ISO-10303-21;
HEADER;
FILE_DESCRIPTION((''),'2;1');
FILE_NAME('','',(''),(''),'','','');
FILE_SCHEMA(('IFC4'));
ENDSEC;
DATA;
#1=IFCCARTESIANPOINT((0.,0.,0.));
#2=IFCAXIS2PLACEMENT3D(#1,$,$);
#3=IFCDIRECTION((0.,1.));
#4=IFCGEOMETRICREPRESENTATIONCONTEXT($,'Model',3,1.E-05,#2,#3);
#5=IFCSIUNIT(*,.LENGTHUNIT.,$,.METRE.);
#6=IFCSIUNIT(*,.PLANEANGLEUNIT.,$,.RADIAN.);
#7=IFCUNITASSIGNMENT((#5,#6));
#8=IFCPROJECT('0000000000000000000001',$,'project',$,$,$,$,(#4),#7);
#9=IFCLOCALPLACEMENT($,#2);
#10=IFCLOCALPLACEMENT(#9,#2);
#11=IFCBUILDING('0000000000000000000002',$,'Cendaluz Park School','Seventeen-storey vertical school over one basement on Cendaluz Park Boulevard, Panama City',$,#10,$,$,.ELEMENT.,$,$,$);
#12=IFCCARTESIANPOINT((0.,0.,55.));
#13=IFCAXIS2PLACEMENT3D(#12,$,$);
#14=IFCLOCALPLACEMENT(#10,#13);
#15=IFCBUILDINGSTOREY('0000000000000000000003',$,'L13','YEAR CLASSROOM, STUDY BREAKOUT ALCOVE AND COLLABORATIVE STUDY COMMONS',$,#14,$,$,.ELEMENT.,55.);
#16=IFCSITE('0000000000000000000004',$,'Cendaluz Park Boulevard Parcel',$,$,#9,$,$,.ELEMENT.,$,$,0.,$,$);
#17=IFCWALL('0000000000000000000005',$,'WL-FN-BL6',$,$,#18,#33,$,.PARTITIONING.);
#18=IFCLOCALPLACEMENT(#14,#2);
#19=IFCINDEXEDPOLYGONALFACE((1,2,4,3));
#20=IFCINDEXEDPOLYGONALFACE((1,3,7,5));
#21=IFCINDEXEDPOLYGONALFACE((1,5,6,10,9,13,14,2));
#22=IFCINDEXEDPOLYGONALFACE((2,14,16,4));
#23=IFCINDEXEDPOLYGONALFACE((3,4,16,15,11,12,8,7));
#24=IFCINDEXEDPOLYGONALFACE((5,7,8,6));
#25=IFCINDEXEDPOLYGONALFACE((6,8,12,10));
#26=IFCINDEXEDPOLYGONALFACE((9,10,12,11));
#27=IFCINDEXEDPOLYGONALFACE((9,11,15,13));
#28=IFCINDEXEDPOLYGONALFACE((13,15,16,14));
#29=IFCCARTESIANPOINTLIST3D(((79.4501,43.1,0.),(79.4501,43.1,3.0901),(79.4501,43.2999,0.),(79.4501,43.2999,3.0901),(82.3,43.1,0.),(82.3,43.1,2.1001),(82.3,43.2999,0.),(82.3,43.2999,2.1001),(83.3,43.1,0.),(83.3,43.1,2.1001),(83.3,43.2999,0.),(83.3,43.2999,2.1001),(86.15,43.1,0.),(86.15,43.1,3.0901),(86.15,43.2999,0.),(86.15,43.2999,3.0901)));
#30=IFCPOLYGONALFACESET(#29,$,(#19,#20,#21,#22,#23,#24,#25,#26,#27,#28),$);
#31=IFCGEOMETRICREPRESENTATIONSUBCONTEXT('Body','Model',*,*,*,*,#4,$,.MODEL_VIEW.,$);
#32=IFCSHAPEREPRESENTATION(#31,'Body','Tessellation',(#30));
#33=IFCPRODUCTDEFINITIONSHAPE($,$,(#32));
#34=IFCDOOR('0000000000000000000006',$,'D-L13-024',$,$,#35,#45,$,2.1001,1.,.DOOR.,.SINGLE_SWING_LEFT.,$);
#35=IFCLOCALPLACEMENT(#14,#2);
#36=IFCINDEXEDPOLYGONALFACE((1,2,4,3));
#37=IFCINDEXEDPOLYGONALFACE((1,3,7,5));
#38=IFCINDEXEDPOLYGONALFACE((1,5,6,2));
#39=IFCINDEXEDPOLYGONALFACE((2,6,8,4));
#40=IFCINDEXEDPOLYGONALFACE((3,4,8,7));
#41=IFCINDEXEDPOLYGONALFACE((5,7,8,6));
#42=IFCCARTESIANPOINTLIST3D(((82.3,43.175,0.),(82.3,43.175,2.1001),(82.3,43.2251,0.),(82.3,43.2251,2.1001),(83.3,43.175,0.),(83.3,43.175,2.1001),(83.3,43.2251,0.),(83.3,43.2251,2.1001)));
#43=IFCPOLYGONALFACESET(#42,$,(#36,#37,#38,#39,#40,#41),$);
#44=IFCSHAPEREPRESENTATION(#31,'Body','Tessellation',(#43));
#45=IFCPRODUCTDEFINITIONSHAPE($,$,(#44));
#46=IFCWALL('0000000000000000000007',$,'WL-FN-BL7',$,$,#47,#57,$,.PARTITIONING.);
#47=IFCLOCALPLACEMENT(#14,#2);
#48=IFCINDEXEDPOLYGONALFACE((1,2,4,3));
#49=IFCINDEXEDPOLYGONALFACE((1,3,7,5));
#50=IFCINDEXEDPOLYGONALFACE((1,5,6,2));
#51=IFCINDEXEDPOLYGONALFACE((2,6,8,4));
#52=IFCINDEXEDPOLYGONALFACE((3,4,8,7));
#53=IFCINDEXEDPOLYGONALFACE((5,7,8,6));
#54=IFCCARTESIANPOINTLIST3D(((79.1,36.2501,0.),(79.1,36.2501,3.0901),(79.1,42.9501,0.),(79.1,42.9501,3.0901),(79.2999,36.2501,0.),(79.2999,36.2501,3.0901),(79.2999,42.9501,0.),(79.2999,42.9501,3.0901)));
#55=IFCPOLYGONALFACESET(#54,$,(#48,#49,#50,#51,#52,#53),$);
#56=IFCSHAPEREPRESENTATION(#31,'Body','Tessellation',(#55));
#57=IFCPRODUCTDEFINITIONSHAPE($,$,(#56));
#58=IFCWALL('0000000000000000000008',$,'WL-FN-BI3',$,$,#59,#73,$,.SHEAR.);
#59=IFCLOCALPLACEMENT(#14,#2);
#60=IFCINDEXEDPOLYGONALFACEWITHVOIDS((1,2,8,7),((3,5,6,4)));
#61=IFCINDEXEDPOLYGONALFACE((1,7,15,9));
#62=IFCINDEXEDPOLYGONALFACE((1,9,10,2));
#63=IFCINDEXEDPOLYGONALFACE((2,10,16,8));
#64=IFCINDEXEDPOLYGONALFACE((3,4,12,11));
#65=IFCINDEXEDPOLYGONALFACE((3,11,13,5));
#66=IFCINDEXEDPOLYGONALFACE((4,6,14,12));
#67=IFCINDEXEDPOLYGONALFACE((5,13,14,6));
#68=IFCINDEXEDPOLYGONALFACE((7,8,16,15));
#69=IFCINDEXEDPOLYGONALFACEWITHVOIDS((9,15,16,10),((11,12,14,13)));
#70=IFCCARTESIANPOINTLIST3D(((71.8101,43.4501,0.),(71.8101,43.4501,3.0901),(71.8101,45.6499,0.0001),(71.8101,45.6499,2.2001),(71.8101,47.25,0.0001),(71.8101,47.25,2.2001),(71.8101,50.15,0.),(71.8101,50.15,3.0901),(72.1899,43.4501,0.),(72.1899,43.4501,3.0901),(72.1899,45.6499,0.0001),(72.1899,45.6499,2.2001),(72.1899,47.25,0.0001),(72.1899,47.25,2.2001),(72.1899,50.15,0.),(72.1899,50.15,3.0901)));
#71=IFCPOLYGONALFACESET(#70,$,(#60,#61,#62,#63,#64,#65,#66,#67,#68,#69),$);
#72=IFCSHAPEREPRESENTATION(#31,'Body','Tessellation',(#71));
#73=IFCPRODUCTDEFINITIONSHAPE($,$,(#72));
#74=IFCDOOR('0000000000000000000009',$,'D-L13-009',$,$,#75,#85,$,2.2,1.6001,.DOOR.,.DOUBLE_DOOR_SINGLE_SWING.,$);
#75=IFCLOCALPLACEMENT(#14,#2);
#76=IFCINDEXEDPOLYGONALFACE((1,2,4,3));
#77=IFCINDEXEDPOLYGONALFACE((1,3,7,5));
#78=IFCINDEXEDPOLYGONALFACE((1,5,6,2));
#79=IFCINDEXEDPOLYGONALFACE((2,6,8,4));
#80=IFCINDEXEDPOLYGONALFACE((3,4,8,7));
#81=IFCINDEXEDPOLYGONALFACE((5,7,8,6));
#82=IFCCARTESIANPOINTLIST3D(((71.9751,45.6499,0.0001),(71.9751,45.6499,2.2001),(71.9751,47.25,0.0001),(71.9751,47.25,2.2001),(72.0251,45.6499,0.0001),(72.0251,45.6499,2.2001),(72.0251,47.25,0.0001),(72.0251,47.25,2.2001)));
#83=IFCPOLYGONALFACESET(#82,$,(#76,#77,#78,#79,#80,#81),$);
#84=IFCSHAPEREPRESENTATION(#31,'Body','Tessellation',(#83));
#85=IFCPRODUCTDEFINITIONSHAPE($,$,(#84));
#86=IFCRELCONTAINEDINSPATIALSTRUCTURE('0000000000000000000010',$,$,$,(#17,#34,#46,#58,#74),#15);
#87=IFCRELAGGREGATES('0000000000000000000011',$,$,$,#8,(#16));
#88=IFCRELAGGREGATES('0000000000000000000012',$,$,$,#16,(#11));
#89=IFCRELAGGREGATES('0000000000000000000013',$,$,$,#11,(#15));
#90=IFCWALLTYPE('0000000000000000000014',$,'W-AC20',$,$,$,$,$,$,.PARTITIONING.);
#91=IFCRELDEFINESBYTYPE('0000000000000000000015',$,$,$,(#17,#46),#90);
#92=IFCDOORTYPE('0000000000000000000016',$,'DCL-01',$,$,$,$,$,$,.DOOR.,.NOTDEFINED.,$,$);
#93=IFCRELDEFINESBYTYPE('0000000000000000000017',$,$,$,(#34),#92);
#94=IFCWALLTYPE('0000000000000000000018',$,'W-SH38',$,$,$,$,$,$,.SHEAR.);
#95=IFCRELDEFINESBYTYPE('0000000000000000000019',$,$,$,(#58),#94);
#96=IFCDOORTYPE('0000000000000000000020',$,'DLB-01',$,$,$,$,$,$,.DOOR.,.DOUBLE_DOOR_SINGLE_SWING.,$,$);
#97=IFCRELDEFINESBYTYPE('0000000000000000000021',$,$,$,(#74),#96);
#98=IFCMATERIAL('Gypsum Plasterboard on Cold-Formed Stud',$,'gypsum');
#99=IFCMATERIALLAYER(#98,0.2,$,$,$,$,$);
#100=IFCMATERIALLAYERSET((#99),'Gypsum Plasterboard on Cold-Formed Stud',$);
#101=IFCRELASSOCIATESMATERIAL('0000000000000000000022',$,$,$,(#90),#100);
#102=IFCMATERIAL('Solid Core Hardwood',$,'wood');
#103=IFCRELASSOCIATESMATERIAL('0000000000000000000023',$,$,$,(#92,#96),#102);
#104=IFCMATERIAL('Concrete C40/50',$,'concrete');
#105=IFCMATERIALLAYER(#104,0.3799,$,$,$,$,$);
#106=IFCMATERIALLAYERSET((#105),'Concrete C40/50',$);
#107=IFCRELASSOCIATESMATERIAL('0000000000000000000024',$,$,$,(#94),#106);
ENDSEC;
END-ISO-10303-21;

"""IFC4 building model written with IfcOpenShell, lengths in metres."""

from ifc_helpers import new_model, si_unit, direction, frame, frame_2d, origin, place, context, subcontext, project, spatial, rectangle, extrude, material, layer, layer_set, type_object, element, fill, save


model = new_model("IFC4")

# Units and contexts
model_context = context("Model", 3, precision=1e-05, world=origin(), true_north=direction((0.0, 1.0)))
body_context = subcontext(model_context, "Body", "Model", "MODEL_VIEW")
ifc_project = project(units=[si_unit("LENGTHUNIT", "METRE"), si_unit("PLANEANGLEUNIT", "RADIAN")], contexts=[model_context])

# Site, building, storey
site_placement = place(None, origin())
site = spatial("IfcSite", under=ifc_project, at=site_placement, Name="Cendaluz Park Boulevard Parcel", CompositionType="ELEMENT", RefElevation=0.0)
building_placement = place(site_placement, origin())
building = spatial("IfcBuilding", under=site, at=building_placement, Name="Cendaluz Park School", Description="Seventeen-storey vertical school over one basement on Cendaluz Park Boulevard, Panama City", CompositionType="ELEMENT")
storey_placement = place(building_placement, frame((0.0, 0.0, 55.0)))
storey = spatial("IfcBuildingStorey", under=building, at=storey_placement, Name="L13", Description="YEAR CLASSROOM, STUDY BREAKOUT ALCOVE AND COLLABORATIVE STUDY COMMONS", CompositionType="ELEMENT", Elevation=55.0)

# Wall, opening, door
ifc_material_1 = material(Name="Gypsum Plasterboard on Cold-Formed Stud", Category="gypsum")
ifc_layer_1 = layer(ifc_material_1, 0.2)
ifc_layer_set_1 = layer_set([ifc_layer_1], Name="Gypsum Plasterboard on Cold-Formed Stud")
wall_type_1 = type_object("IfcWallType", Name="W-AC20", PredefinedType="PARTITIONING", material=ifc_layer_set_1)
ifc_material_2 = material(Name="Solid Core Hardwood", Category="wood")
wall_1_placement = place(storey_placement, frame((79.45, 43.2, 0.0), z_axis=(0.0, 0.0, 1.0), x_axis=(1.0, 0.0, 0.0)))
wall_1 = element("IfcWall", 1, at=wall_1_placement, inside=storey, type_object=wall_type_1, Name="WL-FN-BL6", PredefinedType="PARTITIONING", context=body_context, shape_type="SweptSolid", body=[
    extrude(rectangle(XDim=6.7, YDim=0.2, at=frame_2d((3.3501, 0.0))), origin(), (0.0, 0.0, 1.0), 3.0901),
])
opening_1_placement = place(wall_1_placement, frame((2.8501, 0.0, 0.0)))
opening_1 = element("IfcOpeningElement", 2, at=opening_1_placement, cuts=wall_1, PredefinedType="OPENING", context=body_context, shape_type="SweptSolid", body=[
    extrude(rectangle(XDim=1.0, YDim=2.1001, at=frame_2d((0.5, 1.05))), frame((0.0, 0.1121, 0.0), z_axis=(0.0, -1.0, 0.0), x_axis=(1.0, 0.0, 0.0)), (0.0, 0.0, 1.0), 0.2239),
])
door_type_1 = type_object("IfcDoorType", Name="DCL-01", OperationType="NOTDEFINED", PredefinedType="DOOR", material=ifc_material_2)
door_1_placement = place(opening_1_placement, frame((1.0, 0.0, 0.0), z_axis=(0.0, 0.0, 1.0), x_axis=(-1.0, 0.0, 0.0)))
door_1 = element("IfcDoor", 3, at=door_1_placement, inside=storey, type_object=door_type_1, Name="D-L13-024", OperationType="SINGLE_SWING_LEFT", OverallHeight=2.1001, OverallWidth=1.0, PredefinedType="DOOR", context=body_context, shape_type="SweptSolid", body=[
    extrude(rectangle(XDim=1.0, YDim=2.1001, at=frame_2d((0.5, 1.05))), frame((0.0, 0.0249, 0.0), z_axis=(0.0, -1.0, 0.0), x_axis=(1.0, 0.0, 0.0)), (0.0, 0.0, 1.0), 0.05),
])
fill(opening_1, door_1)

# Wall
wall_2_placement = place(storey_placement, frame((79.2, 36.25, 0.0), z_axis=(0.0, 0.0, 1.0), x_axis=(0.0, 1.0, 0.0)))
element("IfcWall", 4, at=wall_2_placement, inside=storey, type_object=wall_type_1, Name="WL-FN-BL7", PredefinedType="PARTITIONING", context=body_context, shape_type="SweptSolid", body=[
    extrude(rectangle(XDim=6.7, YDim=0.2, at=frame_2d((3.3501, 0.0))), origin(), (0.0, 0.0, 1.0), 3.0901),
])

# Wall, opening, door
ifc_material_3 = material(Name="Concrete C40/50", Category="concrete")
ifc_layer_2 = layer(ifc_material_3, 0.3799)
ifc_layer_set_2 = layer_set([ifc_layer_2], Name="Concrete C40/50")
wall_type_2 = type_object("IfcWallType", Name="W-SH38", PredefinedType="SHEAR", material=ifc_layer_set_2)
wall_3_placement = place(storey_placement, frame((72.0, 43.45, 0.0), z_axis=(0.0, 0.0, 1.0), x_axis=(0.0, 1.0, 0.0)))
wall_3 = element("IfcWall", 5, at=wall_3_placement, inside=storey, type_object=wall_type_2, Name="WL-FN-BI3", PredefinedType="SHEAR", context=body_context, shape_type="SweptSolid", body=[
    extrude(rectangle(XDim=6.7, YDim=0.3799, at=frame_2d((3.3501, 0.0))), origin(), (0.0, 0.0, 1.0), 3.0901),
])
opening_2_placement = place(wall_3_placement, frame((2.2, 0.0, 0.0)))
opening_2 = element("IfcOpeningElement", 6, at=opening_2_placement, cuts=wall_3, PredefinedType="OPENING", context=body_context, shape_type="SweptSolid", body=[
    extrude(rectangle(XDim=1.6001, YDim=2.2, at=frame_2d((0.8, 1.1001))), frame((0.0, 0.2019, 0.0), z_axis=(0.0, -1.0, 0.0), x_axis=(1.0, 0.0, 0.0)), (0.0, 0.0, 1.0), 0.4038),
])
door_type_2 = type_object("IfcDoorType", Name="DLB-01", OperationType="DOUBLE_DOOR_SINGLE_SWING", PredefinedType="DOOR", material=ifc_material_2)
door_2_placement = place(opening_2_placement, origin())
door_2 = element("IfcDoor", 7, at=door_2_placement, inside=storey, type_object=door_type_2, Name="D-L13-009", OperationType="DOUBLE_DOOR_SINGLE_SWING", OverallHeight=2.2, OverallWidth=1.6001, PredefinedType="DOOR", context=body_context, shape_type="SweptSolid", body=[
    extrude(rectangle(XDim=1.6001, YDim=2.2, at=frame_2d((0.8, 1.1001))), frame((0.0, 0.0249, 0.0), z_axis=(0.0, -1.0, 0.0), x_axis=(1.0, 0.0, 0.0)), (0.0, 0.0, 1.0), 0.05),
])
fill(opening_2, door_2)

save(model, "model.ifc")
